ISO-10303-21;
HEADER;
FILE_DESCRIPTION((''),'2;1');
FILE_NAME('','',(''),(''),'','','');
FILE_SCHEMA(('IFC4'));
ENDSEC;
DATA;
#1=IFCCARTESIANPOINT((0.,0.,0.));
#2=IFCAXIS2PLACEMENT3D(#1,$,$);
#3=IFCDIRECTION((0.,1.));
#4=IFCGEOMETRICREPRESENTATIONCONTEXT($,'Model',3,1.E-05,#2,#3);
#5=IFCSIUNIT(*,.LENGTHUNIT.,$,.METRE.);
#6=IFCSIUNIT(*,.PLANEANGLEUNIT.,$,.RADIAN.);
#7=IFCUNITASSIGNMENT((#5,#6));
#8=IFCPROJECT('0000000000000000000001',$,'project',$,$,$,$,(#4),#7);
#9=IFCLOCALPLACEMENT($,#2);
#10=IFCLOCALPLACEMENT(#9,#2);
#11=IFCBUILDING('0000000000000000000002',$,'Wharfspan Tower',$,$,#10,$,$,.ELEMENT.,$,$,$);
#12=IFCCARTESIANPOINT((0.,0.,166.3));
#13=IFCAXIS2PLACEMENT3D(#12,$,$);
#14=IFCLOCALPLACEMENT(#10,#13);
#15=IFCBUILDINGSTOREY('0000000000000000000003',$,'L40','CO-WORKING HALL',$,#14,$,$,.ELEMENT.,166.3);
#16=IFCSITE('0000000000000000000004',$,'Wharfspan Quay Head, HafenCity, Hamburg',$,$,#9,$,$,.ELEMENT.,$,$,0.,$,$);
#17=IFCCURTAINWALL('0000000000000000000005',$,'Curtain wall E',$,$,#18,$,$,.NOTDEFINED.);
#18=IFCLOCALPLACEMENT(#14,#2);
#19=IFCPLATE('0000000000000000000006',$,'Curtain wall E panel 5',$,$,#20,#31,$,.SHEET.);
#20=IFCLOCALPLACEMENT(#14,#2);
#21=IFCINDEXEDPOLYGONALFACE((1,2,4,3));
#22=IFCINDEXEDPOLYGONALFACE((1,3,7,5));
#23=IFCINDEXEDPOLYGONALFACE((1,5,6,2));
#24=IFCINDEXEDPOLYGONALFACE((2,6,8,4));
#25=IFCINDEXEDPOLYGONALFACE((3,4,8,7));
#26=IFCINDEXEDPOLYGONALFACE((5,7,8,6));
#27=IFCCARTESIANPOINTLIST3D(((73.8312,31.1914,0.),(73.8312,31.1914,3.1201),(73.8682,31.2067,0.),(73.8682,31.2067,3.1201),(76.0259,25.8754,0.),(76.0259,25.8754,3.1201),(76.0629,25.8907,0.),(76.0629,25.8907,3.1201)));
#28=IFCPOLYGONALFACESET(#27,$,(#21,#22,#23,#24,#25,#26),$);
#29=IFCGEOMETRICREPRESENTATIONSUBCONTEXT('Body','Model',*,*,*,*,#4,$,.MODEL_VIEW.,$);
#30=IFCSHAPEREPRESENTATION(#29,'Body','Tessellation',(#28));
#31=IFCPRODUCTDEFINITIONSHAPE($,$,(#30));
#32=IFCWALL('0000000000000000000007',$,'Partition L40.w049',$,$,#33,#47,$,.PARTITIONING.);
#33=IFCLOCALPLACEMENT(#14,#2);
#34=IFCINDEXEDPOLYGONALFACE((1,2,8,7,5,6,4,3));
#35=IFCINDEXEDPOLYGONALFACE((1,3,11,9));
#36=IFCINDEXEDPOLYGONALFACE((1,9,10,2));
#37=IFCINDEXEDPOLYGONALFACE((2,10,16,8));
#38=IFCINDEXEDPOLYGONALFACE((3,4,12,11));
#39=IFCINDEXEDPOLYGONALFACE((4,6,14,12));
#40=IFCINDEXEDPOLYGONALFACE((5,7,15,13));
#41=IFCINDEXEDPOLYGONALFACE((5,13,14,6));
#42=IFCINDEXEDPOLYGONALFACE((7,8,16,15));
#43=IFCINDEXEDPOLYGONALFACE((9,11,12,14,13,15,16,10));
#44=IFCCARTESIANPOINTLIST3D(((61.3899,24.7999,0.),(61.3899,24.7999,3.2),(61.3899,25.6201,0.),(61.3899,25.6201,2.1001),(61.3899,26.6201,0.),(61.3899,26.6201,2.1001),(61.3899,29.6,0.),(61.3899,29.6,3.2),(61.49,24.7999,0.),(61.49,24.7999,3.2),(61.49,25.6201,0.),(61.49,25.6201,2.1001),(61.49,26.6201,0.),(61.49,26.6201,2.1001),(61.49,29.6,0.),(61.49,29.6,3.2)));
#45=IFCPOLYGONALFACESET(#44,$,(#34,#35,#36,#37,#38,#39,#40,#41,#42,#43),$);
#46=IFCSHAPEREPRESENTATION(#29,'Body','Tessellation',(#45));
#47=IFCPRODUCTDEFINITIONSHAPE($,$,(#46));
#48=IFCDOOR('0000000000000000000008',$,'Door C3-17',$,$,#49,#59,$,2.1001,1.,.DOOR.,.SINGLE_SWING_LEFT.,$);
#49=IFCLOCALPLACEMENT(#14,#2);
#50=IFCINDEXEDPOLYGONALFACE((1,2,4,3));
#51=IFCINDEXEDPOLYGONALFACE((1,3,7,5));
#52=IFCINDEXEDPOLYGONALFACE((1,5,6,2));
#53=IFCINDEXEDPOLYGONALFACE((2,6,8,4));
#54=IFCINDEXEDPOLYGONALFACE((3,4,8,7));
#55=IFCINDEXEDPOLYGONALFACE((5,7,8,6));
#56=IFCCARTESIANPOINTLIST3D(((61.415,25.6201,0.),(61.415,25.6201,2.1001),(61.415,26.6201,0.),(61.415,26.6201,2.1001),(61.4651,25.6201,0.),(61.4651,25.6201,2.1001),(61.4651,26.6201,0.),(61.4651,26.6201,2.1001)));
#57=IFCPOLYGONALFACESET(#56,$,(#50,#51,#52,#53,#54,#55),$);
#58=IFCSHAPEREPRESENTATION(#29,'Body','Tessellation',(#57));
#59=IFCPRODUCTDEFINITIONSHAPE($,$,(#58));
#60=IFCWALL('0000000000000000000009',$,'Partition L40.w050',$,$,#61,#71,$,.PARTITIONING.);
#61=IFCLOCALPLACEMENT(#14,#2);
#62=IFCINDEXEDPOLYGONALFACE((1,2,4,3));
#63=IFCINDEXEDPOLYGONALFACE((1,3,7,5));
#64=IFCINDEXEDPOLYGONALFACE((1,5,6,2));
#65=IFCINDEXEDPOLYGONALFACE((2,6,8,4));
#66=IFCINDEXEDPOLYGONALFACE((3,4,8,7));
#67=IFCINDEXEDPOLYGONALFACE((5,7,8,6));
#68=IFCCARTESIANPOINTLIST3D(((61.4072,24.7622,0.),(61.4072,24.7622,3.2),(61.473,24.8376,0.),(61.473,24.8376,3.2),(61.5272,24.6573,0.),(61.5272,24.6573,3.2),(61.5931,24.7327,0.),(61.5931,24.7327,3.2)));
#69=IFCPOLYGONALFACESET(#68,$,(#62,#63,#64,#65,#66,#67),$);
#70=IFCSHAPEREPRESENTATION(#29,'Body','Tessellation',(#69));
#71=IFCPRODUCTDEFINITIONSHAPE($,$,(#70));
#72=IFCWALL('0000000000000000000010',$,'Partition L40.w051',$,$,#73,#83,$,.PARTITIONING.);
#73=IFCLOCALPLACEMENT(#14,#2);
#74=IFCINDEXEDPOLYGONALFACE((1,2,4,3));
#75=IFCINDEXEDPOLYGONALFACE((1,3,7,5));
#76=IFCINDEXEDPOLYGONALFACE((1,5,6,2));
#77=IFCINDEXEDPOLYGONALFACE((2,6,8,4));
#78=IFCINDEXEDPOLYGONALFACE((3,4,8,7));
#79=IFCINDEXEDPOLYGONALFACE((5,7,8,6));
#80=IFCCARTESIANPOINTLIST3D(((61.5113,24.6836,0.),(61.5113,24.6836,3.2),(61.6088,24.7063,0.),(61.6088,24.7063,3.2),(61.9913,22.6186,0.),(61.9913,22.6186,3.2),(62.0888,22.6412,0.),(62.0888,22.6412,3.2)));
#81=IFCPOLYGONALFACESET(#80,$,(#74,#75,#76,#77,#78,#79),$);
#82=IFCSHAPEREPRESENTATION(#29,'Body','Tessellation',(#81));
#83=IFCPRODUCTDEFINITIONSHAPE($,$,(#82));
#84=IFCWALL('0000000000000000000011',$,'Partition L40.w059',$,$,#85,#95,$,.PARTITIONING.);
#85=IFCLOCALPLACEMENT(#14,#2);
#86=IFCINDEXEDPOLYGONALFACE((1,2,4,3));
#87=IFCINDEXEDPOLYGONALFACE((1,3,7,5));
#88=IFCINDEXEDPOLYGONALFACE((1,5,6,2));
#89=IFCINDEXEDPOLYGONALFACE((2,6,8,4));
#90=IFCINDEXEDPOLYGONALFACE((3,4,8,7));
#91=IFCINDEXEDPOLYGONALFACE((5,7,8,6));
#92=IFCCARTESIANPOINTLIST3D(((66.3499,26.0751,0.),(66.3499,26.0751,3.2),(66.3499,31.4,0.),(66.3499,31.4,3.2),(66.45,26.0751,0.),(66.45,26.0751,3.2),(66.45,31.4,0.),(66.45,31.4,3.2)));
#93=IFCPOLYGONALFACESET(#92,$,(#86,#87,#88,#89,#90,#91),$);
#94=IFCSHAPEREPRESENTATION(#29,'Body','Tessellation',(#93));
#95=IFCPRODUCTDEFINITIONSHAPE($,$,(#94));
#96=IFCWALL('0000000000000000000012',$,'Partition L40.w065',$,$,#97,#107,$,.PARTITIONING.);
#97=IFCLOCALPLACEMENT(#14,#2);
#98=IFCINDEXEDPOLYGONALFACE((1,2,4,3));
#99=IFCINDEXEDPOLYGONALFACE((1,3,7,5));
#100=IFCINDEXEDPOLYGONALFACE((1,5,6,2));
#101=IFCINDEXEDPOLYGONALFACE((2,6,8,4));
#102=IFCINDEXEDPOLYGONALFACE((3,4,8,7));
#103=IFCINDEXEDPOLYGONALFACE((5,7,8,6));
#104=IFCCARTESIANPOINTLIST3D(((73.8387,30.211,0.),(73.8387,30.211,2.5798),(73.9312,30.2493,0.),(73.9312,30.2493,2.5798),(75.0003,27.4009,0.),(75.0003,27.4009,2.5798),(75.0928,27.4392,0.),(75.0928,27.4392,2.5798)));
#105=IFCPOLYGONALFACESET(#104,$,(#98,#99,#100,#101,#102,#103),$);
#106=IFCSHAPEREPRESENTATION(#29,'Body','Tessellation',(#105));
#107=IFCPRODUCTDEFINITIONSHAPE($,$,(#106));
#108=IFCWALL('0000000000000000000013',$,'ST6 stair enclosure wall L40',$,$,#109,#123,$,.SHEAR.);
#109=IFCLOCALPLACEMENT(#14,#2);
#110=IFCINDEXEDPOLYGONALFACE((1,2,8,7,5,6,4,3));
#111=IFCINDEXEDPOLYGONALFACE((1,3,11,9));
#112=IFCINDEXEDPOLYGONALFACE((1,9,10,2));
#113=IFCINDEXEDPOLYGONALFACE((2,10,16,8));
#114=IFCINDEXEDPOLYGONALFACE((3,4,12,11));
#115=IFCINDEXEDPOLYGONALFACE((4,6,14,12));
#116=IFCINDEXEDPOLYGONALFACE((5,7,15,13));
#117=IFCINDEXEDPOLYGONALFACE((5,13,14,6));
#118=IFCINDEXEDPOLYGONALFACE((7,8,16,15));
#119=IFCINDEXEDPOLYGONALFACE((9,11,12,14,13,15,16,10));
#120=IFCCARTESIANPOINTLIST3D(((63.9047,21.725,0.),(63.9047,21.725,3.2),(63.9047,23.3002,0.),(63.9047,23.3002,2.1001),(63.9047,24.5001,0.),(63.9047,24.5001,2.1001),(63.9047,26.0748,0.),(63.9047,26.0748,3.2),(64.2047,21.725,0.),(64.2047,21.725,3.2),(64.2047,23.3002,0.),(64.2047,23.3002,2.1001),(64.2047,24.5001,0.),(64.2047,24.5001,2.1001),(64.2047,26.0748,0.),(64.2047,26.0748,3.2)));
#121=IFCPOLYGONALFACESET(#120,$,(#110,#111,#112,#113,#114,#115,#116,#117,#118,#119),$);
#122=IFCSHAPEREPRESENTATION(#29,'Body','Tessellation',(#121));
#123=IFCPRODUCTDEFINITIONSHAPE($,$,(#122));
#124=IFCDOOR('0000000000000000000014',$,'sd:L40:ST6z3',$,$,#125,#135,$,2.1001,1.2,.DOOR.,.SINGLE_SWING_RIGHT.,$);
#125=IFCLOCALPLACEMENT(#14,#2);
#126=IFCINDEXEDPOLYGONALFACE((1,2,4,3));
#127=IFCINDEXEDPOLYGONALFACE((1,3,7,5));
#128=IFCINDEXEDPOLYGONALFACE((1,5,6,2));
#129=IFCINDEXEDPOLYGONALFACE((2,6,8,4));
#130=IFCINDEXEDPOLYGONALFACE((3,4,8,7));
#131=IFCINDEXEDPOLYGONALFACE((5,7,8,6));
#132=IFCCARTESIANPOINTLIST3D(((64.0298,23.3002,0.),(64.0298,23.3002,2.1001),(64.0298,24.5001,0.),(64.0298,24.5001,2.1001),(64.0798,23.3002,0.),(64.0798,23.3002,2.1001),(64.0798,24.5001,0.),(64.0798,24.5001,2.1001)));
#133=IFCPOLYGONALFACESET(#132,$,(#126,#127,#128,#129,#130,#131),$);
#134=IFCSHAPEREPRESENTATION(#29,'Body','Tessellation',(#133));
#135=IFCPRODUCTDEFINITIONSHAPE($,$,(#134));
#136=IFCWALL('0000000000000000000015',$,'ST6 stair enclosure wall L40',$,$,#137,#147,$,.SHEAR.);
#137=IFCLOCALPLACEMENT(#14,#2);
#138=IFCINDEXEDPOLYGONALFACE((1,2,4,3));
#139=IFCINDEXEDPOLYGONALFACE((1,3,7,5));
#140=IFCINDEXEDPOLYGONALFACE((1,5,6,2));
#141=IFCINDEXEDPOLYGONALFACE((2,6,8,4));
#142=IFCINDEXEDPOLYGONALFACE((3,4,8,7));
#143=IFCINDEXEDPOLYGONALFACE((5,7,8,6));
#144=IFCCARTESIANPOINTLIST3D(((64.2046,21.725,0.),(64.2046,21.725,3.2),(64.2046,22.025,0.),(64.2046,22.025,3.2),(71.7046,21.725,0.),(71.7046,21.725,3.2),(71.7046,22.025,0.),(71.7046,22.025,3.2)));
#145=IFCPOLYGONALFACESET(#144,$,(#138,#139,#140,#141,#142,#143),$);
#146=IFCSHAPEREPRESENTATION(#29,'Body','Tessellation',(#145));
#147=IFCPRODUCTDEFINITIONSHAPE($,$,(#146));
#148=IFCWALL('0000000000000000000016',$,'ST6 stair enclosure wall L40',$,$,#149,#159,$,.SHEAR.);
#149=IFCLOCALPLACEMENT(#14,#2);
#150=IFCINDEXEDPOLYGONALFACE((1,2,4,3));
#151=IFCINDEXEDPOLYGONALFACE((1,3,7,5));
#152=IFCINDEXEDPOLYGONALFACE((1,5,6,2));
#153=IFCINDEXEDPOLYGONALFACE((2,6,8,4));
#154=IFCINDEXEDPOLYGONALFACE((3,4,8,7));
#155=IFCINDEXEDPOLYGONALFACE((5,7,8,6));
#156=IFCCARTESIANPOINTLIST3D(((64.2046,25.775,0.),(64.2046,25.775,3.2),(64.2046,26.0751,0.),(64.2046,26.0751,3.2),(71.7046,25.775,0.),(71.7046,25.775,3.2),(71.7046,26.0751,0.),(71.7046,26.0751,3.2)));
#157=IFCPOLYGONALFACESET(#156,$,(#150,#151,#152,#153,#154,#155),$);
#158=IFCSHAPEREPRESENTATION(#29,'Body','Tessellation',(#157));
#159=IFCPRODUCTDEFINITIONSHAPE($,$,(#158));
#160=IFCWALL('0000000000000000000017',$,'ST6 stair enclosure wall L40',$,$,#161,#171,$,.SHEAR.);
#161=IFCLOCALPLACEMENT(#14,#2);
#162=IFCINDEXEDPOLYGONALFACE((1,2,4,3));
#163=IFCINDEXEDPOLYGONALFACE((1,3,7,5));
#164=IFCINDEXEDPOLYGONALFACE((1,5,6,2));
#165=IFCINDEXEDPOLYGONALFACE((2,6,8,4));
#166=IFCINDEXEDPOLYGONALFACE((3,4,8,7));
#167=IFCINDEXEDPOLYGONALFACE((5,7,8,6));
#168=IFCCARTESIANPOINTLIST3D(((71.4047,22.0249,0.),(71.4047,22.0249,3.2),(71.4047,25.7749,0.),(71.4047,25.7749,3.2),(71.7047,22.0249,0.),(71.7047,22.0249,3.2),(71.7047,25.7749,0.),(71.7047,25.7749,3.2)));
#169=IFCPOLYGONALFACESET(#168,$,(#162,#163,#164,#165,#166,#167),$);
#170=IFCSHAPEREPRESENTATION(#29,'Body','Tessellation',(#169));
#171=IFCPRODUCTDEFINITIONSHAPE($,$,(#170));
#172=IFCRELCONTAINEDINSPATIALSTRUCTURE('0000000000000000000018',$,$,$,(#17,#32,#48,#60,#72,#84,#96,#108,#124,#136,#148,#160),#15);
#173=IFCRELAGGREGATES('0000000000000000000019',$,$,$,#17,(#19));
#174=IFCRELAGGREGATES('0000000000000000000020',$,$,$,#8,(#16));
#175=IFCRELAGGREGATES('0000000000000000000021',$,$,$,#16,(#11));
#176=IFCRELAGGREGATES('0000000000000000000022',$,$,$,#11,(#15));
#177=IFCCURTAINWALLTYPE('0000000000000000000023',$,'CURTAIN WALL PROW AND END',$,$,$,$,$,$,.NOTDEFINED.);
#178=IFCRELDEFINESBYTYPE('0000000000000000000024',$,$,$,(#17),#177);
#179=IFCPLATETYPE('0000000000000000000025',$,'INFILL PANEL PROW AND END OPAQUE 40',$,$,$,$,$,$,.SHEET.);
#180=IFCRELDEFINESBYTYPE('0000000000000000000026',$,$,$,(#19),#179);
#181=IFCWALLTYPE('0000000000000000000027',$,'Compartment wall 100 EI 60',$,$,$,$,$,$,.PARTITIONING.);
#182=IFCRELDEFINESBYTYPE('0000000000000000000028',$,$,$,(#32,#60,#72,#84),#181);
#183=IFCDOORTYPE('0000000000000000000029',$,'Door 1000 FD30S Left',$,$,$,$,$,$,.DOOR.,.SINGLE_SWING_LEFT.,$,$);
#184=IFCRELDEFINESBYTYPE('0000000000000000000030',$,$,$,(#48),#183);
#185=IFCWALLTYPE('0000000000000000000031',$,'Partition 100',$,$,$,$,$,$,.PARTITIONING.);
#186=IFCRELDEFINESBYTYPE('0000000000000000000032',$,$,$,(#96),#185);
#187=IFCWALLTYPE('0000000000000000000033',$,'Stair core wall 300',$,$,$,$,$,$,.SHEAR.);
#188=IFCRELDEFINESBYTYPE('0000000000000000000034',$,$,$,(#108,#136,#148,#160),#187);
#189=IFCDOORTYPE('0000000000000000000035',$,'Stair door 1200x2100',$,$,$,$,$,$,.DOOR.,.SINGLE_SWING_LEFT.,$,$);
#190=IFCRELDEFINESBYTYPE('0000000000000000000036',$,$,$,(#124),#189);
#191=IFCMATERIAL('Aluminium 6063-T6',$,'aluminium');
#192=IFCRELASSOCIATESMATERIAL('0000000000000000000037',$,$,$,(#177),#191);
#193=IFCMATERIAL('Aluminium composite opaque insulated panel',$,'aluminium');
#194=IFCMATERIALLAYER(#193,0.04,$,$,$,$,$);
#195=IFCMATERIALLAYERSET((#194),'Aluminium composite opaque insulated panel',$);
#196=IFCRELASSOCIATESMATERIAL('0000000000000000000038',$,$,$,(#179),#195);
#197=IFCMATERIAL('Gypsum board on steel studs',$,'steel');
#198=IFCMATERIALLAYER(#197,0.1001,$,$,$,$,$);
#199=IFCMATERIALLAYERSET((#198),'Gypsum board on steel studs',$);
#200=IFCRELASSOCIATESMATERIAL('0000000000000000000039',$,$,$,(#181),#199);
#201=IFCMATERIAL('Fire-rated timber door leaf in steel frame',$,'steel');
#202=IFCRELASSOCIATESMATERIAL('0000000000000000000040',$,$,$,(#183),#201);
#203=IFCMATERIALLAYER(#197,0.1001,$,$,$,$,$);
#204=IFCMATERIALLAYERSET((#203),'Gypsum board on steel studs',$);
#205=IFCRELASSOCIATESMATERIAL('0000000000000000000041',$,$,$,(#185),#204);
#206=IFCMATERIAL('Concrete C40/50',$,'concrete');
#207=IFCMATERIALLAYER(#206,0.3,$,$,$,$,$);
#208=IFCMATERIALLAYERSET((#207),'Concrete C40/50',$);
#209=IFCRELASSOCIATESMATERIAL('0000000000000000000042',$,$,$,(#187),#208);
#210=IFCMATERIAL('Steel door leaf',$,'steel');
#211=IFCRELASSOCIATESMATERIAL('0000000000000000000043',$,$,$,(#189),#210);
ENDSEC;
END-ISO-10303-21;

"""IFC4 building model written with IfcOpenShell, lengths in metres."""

from ifc_helpers import new_model, si_unit, direction, frame, frame_2d, origin, origin_2d, place, context, subcontext, project, spatial, rectangle, extrude, material, layer, layer_set, type_object, element, fill, aggregate, save


model = new_model("IFC4")

# Units and contexts
model_context = context("Model", 3, precision=1e-05, world=origin(), true_north=direction((0.0, 1.0)))
body_context = subcontext(model_context, "Body", "Model", "MODEL_VIEW")
ifc_project = project(units=[si_unit("LENGTHUNIT", "METRE"), si_unit("PLANEANGLEUNIT", "RADIAN")], contexts=[model_context])

# Site, building, storey
site_placement = place(None, origin())
site = spatial("IfcSite", under=ifc_project, at=site_placement, Name="Wharfspan Quay Head, HafenCity, Hamburg", CompositionType="ELEMENT", RefElevation=0.0)
building_placement = place(site_placement, origin())
building = spatial("IfcBuilding", under=site, at=building_placement, Name="Wharfspan Tower", CompositionType="ELEMENT")
storey_placement = place(building_placement, frame((0.0, 0.0, 166.3)))
storey = spatial("IfcBuildingStorey", under=building, at=storey_placement, Name="L40", Description="CO-WORKING HALL", CompositionType="ELEMENT", Elevation=166.3)

# Curtain wall
ifc_material_1 = material(Name="Aluminium 6063-T6", Category="aluminium")
curtain_wall_type = type_object("IfcCurtainWallType", Name="CURTAIN WALL PROW AND END", PredefinedType="NOTDEFINED", material=ifc_material_1)
curtain_wall_placement = place(storey_placement, origin())
curtain_wall = element("IfcCurtainWall", 1, at=curtain_wall_placement, inside=storey, type_object=curtain_wall_type, Name="Curtain wall E", PredefinedType="NOTDEFINED")

# Plate
ifc_material_2 = material(Name="Aluminium composite opaque insulated panel", Category="aluminium")
ifc_layer_1 = layer(ifc_material_2, 0.04)
ifc_layer_set_1 = layer_set([ifc_layer_1], Name="Aluminium composite opaque insulated panel")
plate_type = type_object("IfcPlateType", Name="INFILL PANEL PROW AND END OPAQUE 40", PredefinedType="SHEET", material=ifc_layer_set_1)
plate_1_placement = place(storey_placement, frame((74.947, 28.541, 0.0), z_axis=(0.0, 0.0, 1.0), x_axis=(-0.381602, 0.924325, 0.0)))
plate_1 = element("IfcPlate", 2, at=plate_1_placement, type_object=plate_type, Name="Curtain wall E panel 5", PredefinedType="SHEET", context=body_context, shape_type="SweptSolid", body=[
    extrude(rectangle(XDim=5.7512, YDim=0.04, at=origin_2d()), origin(), (0.0, 0.0, 1.0), 3.1201),
])
aggregate(curtain_wall, [plate_1])

# Wall, opening, door
ifc_material_3 = material(Name="Gypsum board on steel studs", Category="steel")
ifc_layer_2 = layer(ifc_material_3, 0.1001)
ifc_layer_set_2 = layer_set([ifc_layer_2], Name="Gypsum board on steel studs")
wall_type_1 = type_object("IfcWallType", Name="Compartment wall 100 EI 60", PredefinedType="PARTITIONING", material=ifc_layer_set_2)
wall_1_placement = place(storey_placement, frame((61.4399, 24.8, 0.0), z_axis=(0.0, 0.0, 1.0), x_axis=(0.0, 1.0, 0.0)))
wall_1 = element("IfcWall", 3, at=wall_1_placement, inside=storey, type_object=wall_type_1, Name="Partition L40.w049", PredefinedType="PARTITIONING", context=body_context, shape_type="SweptSolid", body=[
    extrude(rectangle(XDim=4.8, YDim=0.1001, at=frame_2d((2.3999, 0.0))), origin(), (0.0, 0.0, 1.0), 3.2),
])
opening_1_placement = place(wall_1_placement, frame((0.8201, 0.0, 0.0)))
opening_1 = element("IfcOpeningElement", 4, at=opening_1_placement, cuts=wall_1, PredefinedType="OPENING", context=body_context, shape_type="SweptSolid", body=[
    extrude(rectangle(XDim=1.0, YDim=2.1001, at=frame_2d((0.5, 1.05))), frame((0.0, 0.0601, 0.0), z_axis=(0.0, -1.0, 0.0), x_axis=(1.0, 0.0, 0.0)), (0.0, 0.0, 1.0), 0.1201),
])
ifc_material_4 = material(Name="Fire-rated timber door leaf in steel frame", Category="steel")
door_type_1 = type_object("IfcDoorType", Name="Door 1000 FD30S Left", OperationType="SINGLE_SWING_LEFT", PredefinedType="DOOR", material=ifc_material_4)
door_1_placement = place(opening_1_placement, origin())
door_1 = element("IfcDoor", 5, at=door_1_placement, inside=storey, type_object=door_type_1, Name="Door C3-17", OperationType="SINGLE_SWING_LEFT", OverallHeight=2.1001, OverallWidth=1.0, PredefinedType="DOOR", context=body_context, shape_type="SweptSolid", body=[
    extrude(rectangle(XDim=1.0, YDim=2.1001, at=frame_2d((0.5, 1.05))), frame((0.0, 0.0249, 0.0), z_axis=(0.0, -1.0, 0.0), x_axis=(1.0, 0.0, 0.0)), (0.0, 0.0, 1.0), 0.05),
])
fill(opening_1, door_1)

# Walls
wall_2_placement = place(storey_placement, frame((61.5601, 24.6951, 0.0), z_axis=(0.0, 0.0, 1.0), x_axis=(-0.752958, 0.658073, 0.0)))
element("IfcWall", 6, at=wall_2_placement, inside=storey, type_object=wall_type_1, Name="Partition L40.w050", PredefinedType="PARTITIONING", context=body_context, shape_type="SweptSolid", body=[
    extrude(rectangle(XDim=0.1594, YDim=0.1001, at=frame_2d((0.0796, 0.0))), origin(), (0.0, 0.0, 1.0), 3.2),
])
wall_3_placement = place(storey_placement, frame((62.04, 22.6299, 0.0), z_axis=(0.0, 0.0, 1.0), x_axis=(-0.226381, 0.974037, 0.0)))
element("IfcWall", 7, at=wall_3_placement, inside=storey, type_object=wall_type_1, Name="Partition L40.w051", PredefinedType="PARTITIONING", context=body_context, shape_type="SweptSolid", body=[
    extrude(rectangle(XDim=2.1201, YDim=0.1001, at=frame_2d((1.0601, 0.0))), origin(), (0.0, 0.0, 1.0), 3.2),
])
wall_4_placement = place(storey_placement, frame((66.3999, 26.075, 0.0), z_axis=(0.0, 0.0, 1.0), x_axis=(0.0, 1.0, 0.0)))
element("IfcWall", 8, at=wall_4_placement, inside=storey, type_object=wall_type_1, Name="Partition L40.w059", PredefinedType="PARTITIONING", context=body_context, shape_type="SweptSolid", body=[
    extrude(rectangle(XDim=5.325, YDim=0.1001, at=frame_2d((2.6626, 0.0))), origin(), (0.0, 0.0, 1.0), 3.2),
])
ifc_layer_3 = layer(ifc_material_3, 0.1001)
ifc_layer_set_3 = layer_set([ifc_layer_3], Name="Gypsum board on steel studs")
wall_type_2 = type_object("IfcWallType", Name="Partition 100", PredefinedType="PARTITIONING", material=ifc_layer_set_3)
wall_5_placement = place(storey_placement, frame((75.0466, 27.4199, 0.0), z_axis=(0.0, 0.0, 1.0), x_axis=(-0.382024, 0.924148, 0.0)))
element("IfcWall", 9, at=wall_5_placement, inside=storey, type_object=wall_type_2, Name="Partition L40.w065", PredefinedType="PARTITIONING", context=body_context, shape_type="SweptSolid", body=[
    extrude(rectangle(XDim=3.0408, YDim=0.1001, at=frame_2d((1.5205, 0.0))), origin(), (0.0, 0.0, 1.0), 2.5798),
])

# Wall, opening, door
ifc_material_5 = material(Name="Concrete C40/50", Category="concrete")
ifc_layer_4 = layer(ifc_material_5, 0.3)
ifc_layer_set_4 = layer_set([ifc_layer_4], Name="Concrete C40/50")
wall_type_3 = type_object("IfcWallType", Name="Stair core wall 300", PredefinedType="SHEAR", material=ifc_layer_set_4)
wall_6_placement = place(storey_placement, frame((64.0547, 21.7251, 0.0), z_axis=(0.0, 0.0, 1.0), x_axis=(0.0, 1.0, 0.0)))
wall_6 = element("IfcWall", 10, at=wall_6_placement, inside=storey, type_object=wall_type_3, Name="ST6 stair enclosure wall L40", PredefinedType="SHEAR", context=body_context, shape_type="SweptSolid", body=[
    extrude(rectangle(XDim=4.3499, YDim=0.3, at=frame_2d((2.1748, 0.0))), origin(), (0.0, 0.0, 1.0), 3.2),
])
opening_2_placement = place(wall_6_placement, frame((1.575, 0.0, 0.0)))
opening_2 = element("IfcOpeningElement", 11, at=opening_2_placement, cuts=wall_6, PredefinedType="OPENING", context=body_context, shape_type="SweptSolid", body=[
    extrude(rectangle(XDim=1.2, YDim=2.1001, at=frame_2d((0.6001, 1.05))), frame((0.0, 0.1599, 0.0), z_axis=(0.0, -1.0, 0.0), x_axis=(1.0, 0.0, 0.0)), (0.0, 0.0, 1.0), 0.3201),
])
ifc_material_6 = material(Name="Steel door leaf", Category="steel")
door_type_2 = type_object("IfcDoorType", Name="Stair door 1200x2100", OperationType="SINGLE_SWING_LEFT", PredefinedType="DOOR", material=ifc_material_6)
door_2_placement = place(opening_2_placement, origin())
door_2 = element("IfcDoor", 12, at=door_2_placement, inside=storey, type_object=door_type_2, Name="sd:L40:ST6z3", OperationType="SINGLE_SWING_RIGHT", OverallHeight=2.1001, OverallWidth=1.2, PredefinedType="DOOR", context=body_context, shape_type="SweptSolid", body=[
    extrude(rectangle(XDim=1.2, YDim=2.1001, at=frame_2d((0.6001, 1.05))), frame((0.0, 0.0249, 0.0), z_axis=(0.0, -1.0, 0.0), x_axis=(1.0, 0.0, 0.0)), (0.0, 0.0, 1.0), 0.05),
])
fill(opening_2, door_2)

# Walls
for number, where, z_axis, x_axis, name in (
    (13, (64.2046, 21.875, 0.0), (0.0, 0.0, 1.0), (1.0, 0.0, 0.0), "ST6 stair enclosure wall L40"),
    (14, (64.2046, 25.925, 0.0), (0.0, 0.0, 1.0), (1.0, 0.0, 0.0), "ST6 stair enclosure wall L40"),
):
    element("IfcWall", number, at=place(storey_placement, frame(where, z_axis=z_axis, x_axis=x_axis)), inside=storey, type_object=wall_type_3, Name=name, PredefinedType="SHEAR", context=body_context, shape_type="SweptSolid", body=[
        extrude(rectangle(XDim=7.5, YDim=0.3, at=frame_2d((3.75, 0.0))), origin(), (0.0, 0.0, 1.0), 3.2),
    ])
wall_7_placement = place(storey_placement, frame((71.5547, 22.0249, 0.0), z_axis=(0.0, 0.0, 1.0), x_axis=(0.0, 1.0, 0.0)))
element("IfcWall", 15, at=wall_7_placement, inside=storey, type_object=wall_type_3, Name="ST6 stair enclosure wall L40", PredefinedType="SHEAR", context=body_context, shape_type="SweptSolid", body=[
    extrude(rectangle(XDim=3.75, YDim=0.3, at=frame_2d((1.875, 0.0))), origin(), (0.0, 0.0, 1.0), 3.2),
])

save(model, "model.ifc")
